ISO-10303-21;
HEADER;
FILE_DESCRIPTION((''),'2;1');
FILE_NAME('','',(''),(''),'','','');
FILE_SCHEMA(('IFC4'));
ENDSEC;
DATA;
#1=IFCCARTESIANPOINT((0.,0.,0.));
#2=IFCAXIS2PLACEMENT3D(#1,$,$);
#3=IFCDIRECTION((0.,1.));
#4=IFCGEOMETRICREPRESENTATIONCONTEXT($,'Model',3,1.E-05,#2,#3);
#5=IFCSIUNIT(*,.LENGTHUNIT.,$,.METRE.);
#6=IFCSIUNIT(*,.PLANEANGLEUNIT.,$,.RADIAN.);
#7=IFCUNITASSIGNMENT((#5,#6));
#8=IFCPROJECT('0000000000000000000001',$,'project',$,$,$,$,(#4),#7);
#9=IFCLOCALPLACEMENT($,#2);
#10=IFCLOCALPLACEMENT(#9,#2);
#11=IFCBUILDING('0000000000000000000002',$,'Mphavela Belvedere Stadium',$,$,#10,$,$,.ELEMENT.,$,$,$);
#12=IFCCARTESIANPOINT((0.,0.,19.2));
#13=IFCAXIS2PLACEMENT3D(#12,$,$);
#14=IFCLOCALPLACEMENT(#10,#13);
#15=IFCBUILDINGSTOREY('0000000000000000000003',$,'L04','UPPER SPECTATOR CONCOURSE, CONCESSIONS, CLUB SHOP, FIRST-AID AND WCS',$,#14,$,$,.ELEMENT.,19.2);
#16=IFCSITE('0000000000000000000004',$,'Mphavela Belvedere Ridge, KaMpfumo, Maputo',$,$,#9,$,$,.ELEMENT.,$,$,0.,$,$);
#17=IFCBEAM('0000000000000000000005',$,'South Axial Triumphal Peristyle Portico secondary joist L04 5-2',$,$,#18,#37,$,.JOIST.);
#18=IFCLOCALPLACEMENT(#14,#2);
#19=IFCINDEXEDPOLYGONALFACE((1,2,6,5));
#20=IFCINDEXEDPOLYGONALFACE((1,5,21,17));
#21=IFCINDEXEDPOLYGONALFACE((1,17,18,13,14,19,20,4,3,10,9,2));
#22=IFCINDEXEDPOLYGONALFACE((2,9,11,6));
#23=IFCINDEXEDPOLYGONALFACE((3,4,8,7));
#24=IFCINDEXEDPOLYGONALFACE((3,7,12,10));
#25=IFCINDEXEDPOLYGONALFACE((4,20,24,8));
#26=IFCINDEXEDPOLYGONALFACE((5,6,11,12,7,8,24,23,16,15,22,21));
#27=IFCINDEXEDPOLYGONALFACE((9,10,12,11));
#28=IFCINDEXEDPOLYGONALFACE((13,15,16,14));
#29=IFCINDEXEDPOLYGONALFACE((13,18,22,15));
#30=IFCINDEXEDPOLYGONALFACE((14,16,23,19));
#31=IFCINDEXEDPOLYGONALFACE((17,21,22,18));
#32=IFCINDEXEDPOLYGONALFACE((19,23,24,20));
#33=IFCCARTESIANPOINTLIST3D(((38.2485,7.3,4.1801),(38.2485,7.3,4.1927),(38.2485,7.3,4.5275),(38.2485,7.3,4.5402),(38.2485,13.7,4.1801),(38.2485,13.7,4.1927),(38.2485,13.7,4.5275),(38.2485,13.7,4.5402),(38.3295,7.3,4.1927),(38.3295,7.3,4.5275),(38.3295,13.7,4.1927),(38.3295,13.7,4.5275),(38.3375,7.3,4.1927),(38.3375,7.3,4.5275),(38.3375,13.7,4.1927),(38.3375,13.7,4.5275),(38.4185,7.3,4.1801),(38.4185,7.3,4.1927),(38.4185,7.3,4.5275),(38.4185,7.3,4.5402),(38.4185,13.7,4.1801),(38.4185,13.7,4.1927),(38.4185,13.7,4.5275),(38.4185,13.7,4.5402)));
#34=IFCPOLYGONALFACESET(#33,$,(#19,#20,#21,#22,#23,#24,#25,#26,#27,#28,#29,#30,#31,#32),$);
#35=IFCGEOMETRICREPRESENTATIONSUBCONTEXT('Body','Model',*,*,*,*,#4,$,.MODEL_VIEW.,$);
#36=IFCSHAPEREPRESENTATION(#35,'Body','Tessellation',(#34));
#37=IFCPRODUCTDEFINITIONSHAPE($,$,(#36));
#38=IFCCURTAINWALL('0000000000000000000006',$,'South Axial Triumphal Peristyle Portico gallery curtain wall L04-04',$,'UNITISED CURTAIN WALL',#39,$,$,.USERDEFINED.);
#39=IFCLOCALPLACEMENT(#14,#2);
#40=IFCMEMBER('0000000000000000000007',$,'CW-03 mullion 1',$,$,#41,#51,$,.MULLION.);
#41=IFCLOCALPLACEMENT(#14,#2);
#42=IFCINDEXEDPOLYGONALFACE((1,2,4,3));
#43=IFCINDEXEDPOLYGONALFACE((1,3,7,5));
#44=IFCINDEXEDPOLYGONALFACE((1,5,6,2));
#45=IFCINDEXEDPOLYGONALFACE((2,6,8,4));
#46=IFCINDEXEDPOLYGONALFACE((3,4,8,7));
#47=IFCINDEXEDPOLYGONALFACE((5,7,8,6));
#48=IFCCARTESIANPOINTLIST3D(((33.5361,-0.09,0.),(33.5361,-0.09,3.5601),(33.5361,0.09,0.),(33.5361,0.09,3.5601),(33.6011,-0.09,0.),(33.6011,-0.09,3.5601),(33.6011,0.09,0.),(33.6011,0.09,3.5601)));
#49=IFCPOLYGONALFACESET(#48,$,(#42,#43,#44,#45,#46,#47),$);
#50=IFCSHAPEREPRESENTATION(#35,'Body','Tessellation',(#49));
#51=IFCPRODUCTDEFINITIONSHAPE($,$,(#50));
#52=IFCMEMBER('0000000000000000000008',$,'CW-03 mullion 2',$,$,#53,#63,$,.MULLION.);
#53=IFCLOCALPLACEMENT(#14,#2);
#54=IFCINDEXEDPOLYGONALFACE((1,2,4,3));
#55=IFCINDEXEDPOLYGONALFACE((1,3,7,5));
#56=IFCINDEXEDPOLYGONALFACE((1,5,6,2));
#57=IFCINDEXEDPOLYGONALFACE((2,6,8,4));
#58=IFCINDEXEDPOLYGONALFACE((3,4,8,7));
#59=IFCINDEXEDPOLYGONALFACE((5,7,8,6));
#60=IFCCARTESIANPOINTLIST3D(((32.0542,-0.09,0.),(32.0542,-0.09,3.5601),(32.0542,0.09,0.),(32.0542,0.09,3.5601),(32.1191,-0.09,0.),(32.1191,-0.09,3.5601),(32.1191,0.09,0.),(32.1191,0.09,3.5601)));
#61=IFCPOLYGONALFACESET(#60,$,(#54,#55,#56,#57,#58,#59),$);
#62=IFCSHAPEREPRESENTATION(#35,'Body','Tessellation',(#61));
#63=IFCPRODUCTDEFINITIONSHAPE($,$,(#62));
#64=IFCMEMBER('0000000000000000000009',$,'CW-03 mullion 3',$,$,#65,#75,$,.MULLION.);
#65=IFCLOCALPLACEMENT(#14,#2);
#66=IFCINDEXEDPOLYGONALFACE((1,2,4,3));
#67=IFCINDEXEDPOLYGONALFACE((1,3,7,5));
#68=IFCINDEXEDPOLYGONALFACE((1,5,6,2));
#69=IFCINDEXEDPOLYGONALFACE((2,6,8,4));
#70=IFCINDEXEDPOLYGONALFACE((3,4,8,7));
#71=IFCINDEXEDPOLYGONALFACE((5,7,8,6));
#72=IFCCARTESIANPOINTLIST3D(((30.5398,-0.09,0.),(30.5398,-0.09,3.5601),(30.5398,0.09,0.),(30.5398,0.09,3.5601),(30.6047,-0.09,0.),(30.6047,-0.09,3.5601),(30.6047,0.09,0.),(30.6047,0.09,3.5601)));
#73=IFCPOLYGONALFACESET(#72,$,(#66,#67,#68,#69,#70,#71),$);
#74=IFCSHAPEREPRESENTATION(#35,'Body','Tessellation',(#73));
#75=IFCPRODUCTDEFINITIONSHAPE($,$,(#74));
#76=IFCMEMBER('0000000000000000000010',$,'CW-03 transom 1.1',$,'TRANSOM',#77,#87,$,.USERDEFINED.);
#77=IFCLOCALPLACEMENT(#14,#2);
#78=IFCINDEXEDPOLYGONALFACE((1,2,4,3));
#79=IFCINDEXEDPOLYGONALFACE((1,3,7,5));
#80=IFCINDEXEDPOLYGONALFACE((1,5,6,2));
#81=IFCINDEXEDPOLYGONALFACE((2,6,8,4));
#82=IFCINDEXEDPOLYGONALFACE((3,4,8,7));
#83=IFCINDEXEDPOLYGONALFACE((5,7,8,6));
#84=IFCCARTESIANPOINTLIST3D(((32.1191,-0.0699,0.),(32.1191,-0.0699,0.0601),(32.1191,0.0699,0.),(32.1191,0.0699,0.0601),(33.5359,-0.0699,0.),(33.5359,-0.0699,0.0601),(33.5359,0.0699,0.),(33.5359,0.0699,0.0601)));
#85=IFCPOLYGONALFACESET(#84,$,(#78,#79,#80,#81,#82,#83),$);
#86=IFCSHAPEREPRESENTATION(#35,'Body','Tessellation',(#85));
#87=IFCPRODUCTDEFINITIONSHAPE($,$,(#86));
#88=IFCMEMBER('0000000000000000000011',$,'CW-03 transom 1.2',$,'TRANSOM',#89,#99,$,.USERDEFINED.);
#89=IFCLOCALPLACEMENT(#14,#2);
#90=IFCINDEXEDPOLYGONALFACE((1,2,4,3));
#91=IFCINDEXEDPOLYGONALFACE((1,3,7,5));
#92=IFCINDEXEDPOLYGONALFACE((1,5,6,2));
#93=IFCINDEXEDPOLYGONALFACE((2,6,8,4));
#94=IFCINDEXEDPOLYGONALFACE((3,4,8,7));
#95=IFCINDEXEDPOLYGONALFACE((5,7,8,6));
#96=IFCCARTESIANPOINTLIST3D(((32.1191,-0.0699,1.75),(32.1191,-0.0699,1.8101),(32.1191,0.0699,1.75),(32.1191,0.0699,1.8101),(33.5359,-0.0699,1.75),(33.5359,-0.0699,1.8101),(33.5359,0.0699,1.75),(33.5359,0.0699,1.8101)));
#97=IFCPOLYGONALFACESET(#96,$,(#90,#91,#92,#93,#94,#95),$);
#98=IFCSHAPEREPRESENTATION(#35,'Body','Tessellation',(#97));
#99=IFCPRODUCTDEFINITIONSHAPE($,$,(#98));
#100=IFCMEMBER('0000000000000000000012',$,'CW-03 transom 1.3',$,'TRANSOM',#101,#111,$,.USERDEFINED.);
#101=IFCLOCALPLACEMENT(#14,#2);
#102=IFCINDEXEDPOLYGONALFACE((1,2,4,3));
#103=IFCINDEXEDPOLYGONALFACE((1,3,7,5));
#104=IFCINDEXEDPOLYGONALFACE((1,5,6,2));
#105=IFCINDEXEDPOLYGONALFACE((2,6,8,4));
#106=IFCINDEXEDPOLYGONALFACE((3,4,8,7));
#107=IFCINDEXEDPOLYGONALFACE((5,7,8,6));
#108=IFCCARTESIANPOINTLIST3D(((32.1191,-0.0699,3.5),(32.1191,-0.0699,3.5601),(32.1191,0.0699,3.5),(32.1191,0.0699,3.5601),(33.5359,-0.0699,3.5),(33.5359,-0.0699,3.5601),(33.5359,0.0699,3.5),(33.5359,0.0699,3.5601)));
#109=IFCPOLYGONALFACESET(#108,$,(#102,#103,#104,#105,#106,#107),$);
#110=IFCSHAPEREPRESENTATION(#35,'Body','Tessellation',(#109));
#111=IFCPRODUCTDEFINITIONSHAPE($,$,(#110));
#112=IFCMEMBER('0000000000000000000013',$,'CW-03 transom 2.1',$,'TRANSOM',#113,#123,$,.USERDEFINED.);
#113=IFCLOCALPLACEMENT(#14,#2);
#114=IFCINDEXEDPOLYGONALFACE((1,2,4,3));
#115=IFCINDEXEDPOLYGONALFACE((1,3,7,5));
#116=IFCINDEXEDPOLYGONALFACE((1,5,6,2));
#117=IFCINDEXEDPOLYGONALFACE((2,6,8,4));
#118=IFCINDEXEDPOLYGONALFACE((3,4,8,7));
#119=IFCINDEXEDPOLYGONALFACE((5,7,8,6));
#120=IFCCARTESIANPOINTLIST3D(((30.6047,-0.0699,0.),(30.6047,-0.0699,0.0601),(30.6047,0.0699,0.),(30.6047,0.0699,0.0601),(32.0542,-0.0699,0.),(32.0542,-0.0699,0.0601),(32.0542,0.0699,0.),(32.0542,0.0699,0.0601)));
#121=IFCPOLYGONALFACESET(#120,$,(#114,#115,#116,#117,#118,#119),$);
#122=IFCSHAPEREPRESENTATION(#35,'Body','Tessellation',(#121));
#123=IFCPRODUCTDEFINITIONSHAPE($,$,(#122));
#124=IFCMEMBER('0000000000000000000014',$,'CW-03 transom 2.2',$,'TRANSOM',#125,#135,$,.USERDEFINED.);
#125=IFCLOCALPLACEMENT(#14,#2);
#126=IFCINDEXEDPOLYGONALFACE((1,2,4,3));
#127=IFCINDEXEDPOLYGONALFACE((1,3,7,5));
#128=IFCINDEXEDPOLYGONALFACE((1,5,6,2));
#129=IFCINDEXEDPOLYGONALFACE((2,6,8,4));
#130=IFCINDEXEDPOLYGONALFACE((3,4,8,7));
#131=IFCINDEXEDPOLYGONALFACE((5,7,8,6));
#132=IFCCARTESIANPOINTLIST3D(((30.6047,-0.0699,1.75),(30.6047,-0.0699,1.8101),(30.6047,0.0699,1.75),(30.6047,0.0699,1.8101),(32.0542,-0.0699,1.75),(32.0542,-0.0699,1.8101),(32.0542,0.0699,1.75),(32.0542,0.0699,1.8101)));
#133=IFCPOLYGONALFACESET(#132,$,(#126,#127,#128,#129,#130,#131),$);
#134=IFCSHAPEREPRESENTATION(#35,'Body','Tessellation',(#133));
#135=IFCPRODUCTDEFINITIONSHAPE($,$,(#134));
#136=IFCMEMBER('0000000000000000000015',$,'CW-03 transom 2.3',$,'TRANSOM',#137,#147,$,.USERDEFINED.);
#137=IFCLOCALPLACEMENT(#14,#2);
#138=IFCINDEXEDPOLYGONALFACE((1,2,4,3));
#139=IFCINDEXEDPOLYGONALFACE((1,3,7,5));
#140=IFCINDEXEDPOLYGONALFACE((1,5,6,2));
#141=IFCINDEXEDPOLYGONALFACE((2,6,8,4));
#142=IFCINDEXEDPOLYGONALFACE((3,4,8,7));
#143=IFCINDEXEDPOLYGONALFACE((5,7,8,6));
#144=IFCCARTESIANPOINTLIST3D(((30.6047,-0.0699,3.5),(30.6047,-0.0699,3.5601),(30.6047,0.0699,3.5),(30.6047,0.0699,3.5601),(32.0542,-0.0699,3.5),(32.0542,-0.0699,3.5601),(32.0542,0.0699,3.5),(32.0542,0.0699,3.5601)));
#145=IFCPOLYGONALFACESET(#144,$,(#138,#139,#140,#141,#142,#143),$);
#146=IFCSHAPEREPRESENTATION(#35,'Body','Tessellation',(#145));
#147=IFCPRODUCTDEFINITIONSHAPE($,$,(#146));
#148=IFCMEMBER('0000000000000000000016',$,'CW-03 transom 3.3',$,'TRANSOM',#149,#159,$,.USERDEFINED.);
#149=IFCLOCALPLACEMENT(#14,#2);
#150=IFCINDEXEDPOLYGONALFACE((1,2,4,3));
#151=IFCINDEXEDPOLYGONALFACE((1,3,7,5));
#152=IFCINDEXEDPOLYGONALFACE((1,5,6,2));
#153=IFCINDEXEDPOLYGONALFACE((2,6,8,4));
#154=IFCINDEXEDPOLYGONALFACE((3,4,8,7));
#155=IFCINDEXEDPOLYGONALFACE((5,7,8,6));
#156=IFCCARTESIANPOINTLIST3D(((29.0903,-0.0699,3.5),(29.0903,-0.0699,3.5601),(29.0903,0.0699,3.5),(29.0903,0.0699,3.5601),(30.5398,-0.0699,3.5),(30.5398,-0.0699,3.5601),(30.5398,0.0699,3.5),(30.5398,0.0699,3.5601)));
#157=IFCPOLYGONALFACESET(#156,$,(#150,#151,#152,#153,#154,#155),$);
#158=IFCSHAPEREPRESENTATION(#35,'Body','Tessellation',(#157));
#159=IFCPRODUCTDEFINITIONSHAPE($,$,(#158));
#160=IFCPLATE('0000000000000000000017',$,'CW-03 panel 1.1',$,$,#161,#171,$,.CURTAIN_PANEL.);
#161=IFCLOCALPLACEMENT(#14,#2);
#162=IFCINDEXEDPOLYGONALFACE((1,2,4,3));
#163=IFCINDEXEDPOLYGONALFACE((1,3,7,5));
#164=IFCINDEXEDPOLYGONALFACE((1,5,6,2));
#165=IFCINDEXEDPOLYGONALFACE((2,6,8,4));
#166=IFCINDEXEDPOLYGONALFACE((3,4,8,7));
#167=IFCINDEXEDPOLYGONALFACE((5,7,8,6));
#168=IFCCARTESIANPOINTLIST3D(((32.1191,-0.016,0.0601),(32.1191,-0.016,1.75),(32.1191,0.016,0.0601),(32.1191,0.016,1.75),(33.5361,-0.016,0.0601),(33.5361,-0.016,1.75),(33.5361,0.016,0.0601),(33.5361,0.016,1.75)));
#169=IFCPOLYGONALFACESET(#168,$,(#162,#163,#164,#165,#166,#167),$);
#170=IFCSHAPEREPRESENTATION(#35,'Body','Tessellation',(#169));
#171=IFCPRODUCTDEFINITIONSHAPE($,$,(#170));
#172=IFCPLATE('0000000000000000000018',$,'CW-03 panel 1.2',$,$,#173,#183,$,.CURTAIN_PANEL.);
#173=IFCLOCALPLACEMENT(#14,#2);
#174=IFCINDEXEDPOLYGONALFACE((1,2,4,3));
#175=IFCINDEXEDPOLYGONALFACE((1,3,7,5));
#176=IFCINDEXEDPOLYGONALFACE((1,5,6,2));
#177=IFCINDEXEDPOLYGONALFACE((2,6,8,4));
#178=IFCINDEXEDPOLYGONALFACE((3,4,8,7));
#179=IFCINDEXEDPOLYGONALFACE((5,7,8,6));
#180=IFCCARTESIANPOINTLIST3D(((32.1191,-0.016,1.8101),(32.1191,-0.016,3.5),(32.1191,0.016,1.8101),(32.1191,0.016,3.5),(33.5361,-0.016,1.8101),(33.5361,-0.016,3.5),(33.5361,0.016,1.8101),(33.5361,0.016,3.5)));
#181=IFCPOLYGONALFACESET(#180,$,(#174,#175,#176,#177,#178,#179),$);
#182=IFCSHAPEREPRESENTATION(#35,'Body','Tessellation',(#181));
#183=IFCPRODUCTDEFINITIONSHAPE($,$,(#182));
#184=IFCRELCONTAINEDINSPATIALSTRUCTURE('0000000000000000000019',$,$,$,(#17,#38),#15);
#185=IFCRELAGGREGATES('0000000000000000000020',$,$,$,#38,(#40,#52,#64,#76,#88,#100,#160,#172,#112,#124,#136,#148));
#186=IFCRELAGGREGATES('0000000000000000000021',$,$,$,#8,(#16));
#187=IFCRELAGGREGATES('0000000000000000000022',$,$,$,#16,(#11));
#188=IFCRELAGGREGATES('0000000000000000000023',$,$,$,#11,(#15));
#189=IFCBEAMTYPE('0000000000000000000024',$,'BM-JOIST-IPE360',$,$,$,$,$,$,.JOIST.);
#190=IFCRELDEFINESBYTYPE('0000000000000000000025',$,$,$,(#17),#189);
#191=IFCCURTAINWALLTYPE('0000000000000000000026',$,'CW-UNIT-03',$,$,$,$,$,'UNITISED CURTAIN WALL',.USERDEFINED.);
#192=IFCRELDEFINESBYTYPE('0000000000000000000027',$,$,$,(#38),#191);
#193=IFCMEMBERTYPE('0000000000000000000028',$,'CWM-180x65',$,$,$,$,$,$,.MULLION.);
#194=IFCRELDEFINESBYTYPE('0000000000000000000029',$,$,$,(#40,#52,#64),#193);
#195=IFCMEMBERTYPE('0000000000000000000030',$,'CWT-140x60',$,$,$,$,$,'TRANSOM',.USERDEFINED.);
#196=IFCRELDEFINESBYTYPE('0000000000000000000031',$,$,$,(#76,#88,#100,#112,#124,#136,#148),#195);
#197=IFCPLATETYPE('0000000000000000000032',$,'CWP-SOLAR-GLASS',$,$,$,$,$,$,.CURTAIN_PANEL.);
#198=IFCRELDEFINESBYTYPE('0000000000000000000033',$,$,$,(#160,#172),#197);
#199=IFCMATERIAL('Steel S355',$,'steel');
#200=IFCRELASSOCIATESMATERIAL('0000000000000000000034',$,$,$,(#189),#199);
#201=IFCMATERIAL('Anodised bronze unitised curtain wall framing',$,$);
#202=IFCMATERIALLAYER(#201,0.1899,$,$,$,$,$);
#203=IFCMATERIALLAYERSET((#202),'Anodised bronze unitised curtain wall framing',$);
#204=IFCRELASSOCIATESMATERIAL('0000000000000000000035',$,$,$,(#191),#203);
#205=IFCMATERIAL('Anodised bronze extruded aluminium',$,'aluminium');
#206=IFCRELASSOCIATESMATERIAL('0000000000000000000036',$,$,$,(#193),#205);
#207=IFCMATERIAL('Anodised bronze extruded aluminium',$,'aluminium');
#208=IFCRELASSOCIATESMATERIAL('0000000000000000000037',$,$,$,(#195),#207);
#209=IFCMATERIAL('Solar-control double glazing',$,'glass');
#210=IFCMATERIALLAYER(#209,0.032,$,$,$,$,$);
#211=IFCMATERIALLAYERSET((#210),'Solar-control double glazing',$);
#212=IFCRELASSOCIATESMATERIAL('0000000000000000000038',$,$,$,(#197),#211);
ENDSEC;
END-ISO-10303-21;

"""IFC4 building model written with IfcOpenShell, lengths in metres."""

from ifc_helpers import new_model, si_unit, direction, frame, origin, origin_2d, place, context, subcontext, project, spatial, rectangle, i_section, extrude, material, layer, layer_set, material_profile, profile_set, type_object, element, aggregate, save


model = new_model("IFC4")

# Units and contexts
model_context = context("Model", 3, precision=1e-05, world=origin(), true_north=direction((0.0, 1.0)))
body_context = subcontext(model_context, "Body", "Model", "MODEL_VIEW")
ifc_project = project(units=[si_unit("LENGTHUNIT", "METRE"), si_unit("PLANEANGLEUNIT", "RADIAN")], contexts=[model_context])

# Site, building, storey
site_placement = place(None, origin())
site = spatial("IfcSite", under=ifc_project, at=site_placement, Name="Mphavela Belvedere Ridge, KaMpfumo, Maputo", CompositionType="ELEMENT", RefElevation=0.0)
building_placement = place(site_placement, origin())
building = spatial("IfcBuilding", under=site, at=building_placement, Name="Mphavela Belvedere Stadium", CompositionType="ELEMENT")
storey_placement = place(building_placement, frame((0.0, 0.0, 19.2)))
storey = spatial("IfcBuildingStorey", under=building, at=storey_placement, Name="L04", Description="UPPER SPECTATOR CONCOURSE, CONCESSIONS, CLUB SHOP, FIRST-AID AND WCS", CompositionType="ELEMENT", Elevation=19.2)

# Beam
ifc_material_1 = material(Name="Steel S355", Category="steel")
ifc_material_profile_1 = material_profile(ifc_material_1, i_section(OverallWidth=0.1699, OverallDepth=0.3601, WebThickness=0.0081, FlangeThickness=0.0127, at=origin_2d()), Name="IPE 360")
ifc_profile_set_1 = profile_set([ifc_material_profile_1], Name="Steel S355")
beam_type_1 = type_object("IfcBeamType", Name="BM-JOIST-IPE360", PredefinedType="JOIST", material=ifc_profile_set_1)
for number, where, z_axis, x_axis, name in (
    (1, (38.3335, 7.3, 4.3601), (0.0, 1.0, 0.0), (-1.0, 0.0, 0.0), "South Axial Triumphal Peristyle Portico secondary joist L04 5-2"),
):
    element("IfcBeam", number, at=place(storey_placement, frame(where, z_axis=z_axis, x_axis=x_axis)), inside=storey, type_object=beam_type_1, Name=name, PredefinedType="JOIST", context=body_context, shape_type="SweptSolid", body=[
        extrude(i_section(OverallWidth=0.1699, OverallDepth=0.3601, WebThickness=0.0081, FlangeThickness=0.0127, at=origin_2d()), origin(), (0.0, 0.0, 1.0), 6.3999),
    ])

# Curtain wall, members, plates
ifc_material_2 = material(Name="Anodised bronze unitised curtain wall framing")
ifc_layer_1 = layer(ifc_material_2, 0.1899)
ifc_layer_set_1 = layer_set([ifc_layer_1], Name="Anodised bronze unitised curtain wall framing")
curtain_wall_type = type_object("IfcCurtainWallType", Name="CW-UNIT-03", ElementType="UNITISED CURTAIN WALL", PredefinedType="USERDEFINED", material=ifc_layer_set_1)
curtain_wall_placement = place(storey_placement, origin())
curtain_wall = element("IfcCurtainWall", 2, at=curtain_wall_placement, inside=storey, type_object=curtain_wall_type, Name="South Axial Triumphal Peristyle Portico gallery curtain wall L04-04", ObjectType="UNITISED CURTAIN WALL", PredefinedType="USERDEFINED")
ifc_material_3 = material(Name="Anodised bronze extruded aluminium", Category="aluminium")
ifc_material_profile_2 = material_profile(ifc_material_3, rectangle(XDim=0.1799, YDim=0.0649, at=origin_2d()), Name="CW-MUL 180x65")
ifc_profile_set_2 = profile_set([ifc_material_profile_2], Name="Anodised bronze extruded aluminium")
member_type_1 = type_object("IfcMemberType", Name="CWM-180x65", PredefinedType="MULLION", material=ifc_profile_set_2)
member_1_placement = place(storey_placement, frame((33.5686, 0.0, 0.0), z_axis=(0.0, 0.0, 1.0), x_axis=(0.0, -1.0, 0.0)))
member_1 = element("IfcMember", 3, at=member_1_placement, type_object=member_type_1, Name="CW-03 mullion 1", PredefinedType="MULLION", context=body_context, shape_type="SweptSolid", body=[
    extrude(rectangle(XDim=0.1799, YDim=0.0649, at=origin_2d()), origin(), (0.0, 0.0, 1.0), 3.5601),
])
member_2_placement = place(storey_placement, frame((32.0867, 0.0, 0.0), z_axis=(0.0, 0.0, 1.0), x_axis=(0.0, -1.0, 0.0)))
member_2 = element("IfcMember", 4, at=member_2_placement, type_object=member_type_1, Name="CW-03 mullion 2", PredefinedType="MULLION", context=body_context, shape_type="SweptSolid", body=[
    extrude(rectangle(XDim=0.1799, YDim=0.0649, at=origin_2d()), origin(), (0.0, 0.0, 1.0), 3.5601),
])
member_3_placement = place(storey_placement, frame((30.5723, 0.0, 0.0), z_axis=(0.0, 0.0, 1.0), x_axis=(0.0, -1.0, 0.0)))
member_3 = element("IfcMember", 5, at=member_3_placement, type_object=member_type_1, Name="CW-03 mullion 3", PredefinedType="MULLION", context=body_context, shape_type="SweptSolid", body=[
    extrude(rectangle(XDim=0.1799, YDim=0.0649, at=origin_2d()), origin(), (0.0, 0.0, 1.0), 3.5601),
])
ifc_material_4 = material(Name="Anodised bronze extruded aluminium", Category="aluminium")
ifc_material_profile_3 = material_profile(ifc_material_4, rectangle(XDim=0.1399, YDim=0.0601, at=origin_2d()), Name="CW-TRN 140x60")
ifc_profile_set_3 = profile_set([ifc_material_profile_3], Name="Anodised bronze extruded aluminium")
member_type_2 = type_object("IfcMemberType", Name="CWT-140x60", ElementType="TRANSOM", PredefinedType="USERDEFINED", material=ifc_profile_set_3)
member_4_placement = place(storey_placement, frame((33.5359, 0.0, 0.03), z_axis=(-1.0, 0.0, 0.0), x_axis=(0.0, -1.0, 0.0)))
member_4 = element("IfcMember", 6, at=member_4_placement, type_object=member_type_2, Name="CW-03 transom 1.1", ObjectType="TRANSOM", PredefinedType="USERDEFINED", context=body_context, shape_type="SweptSolid", body=[
    extrude(rectangle(XDim=0.1399, YDim=0.0601, at=origin_2d()), origin(), (0.0, 0.0, 1.0), 1.4167),
])
member_5_placement = place(storey_placement, frame((33.5359, 0.0, 1.78), z_axis=(-1.0, 0.0, 0.0), x_axis=(0.0, -1.0, 0.0)))
member_5 = element("IfcMember", 7, at=member_5_placement, type_object=member_type_2, Name="CW-03 transom 1.2", ObjectType="TRANSOM", PredefinedType="USERDEFINED", context=body_context, shape_type="SweptSolid", body=[
    extrude(rectangle(XDim=0.1399, YDim=0.0601, at=origin_2d()), origin(), (0.0, 0.0, 1.0), 1.4167),
])
member_6_placement = place(storey_placement, frame((33.5359, 0.0, 3.53), z_axis=(-1.0, 0.0, 0.0), x_axis=(0.0, -1.0, 0.0)))
member_6 = element("IfcMember", 8, at=member_6_placement, type_object=member_type_2, Name="CW-03 transom 1.3", ObjectType="TRANSOM", PredefinedType="USERDEFINED", context=body_context, shape_type="SweptSolid", body=[
    extrude(rectangle(XDim=0.1399, YDim=0.0601, at=origin_2d()), origin(), (0.0, 0.0, 1.0), 1.4167),
])
member_7_placement = place(storey_placement, frame((32.0542, 0.0, 0.03), z_axis=(-1.0, 0.0, 0.0), x_axis=(0.0, -1.0, 0.0)))
member_7 = element("IfcMember", 9, at=member_7_placement, type_object=member_type_2, Name="CW-03 transom 2.1", ObjectType="TRANSOM", PredefinedType="USERDEFINED", context=body_context, shape_type="SweptSolid", body=[
    extrude(rectangle(XDim=0.1399, YDim=0.0601, at=origin_2d()), origin(), (0.0, 0.0, 1.0), 1.4495),
])
member_8_placement = place(storey_placement, frame((32.0542, 0.0, 1.78), z_axis=(-1.0, 0.0, 0.0), x_axis=(0.0, -1.0, 0.0)))
member_8 = element("IfcMember", 10, at=member_8_placement, type_object=member_type_2, Name="CW-03 transom 2.2", ObjectType="TRANSOM", PredefinedType="USERDEFINED", context=body_context, shape_type="SweptSolid", body=[
    extrude(rectangle(XDim=0.1399, YDim=0.0601, at=origin_2d()), origin(), (0.0, 0.0, 1.0), 1.4495),
])
member_9_placement = place(storey_placement, frame((32.0542, 0.0, 3.53), z_axis=(-1.0, 0.0, 0.0), x_axis=(0.0, -1.0, 0.0)))
member_9 = element("IfcMember", 11, at=member_9_placement, type_object=member_type_2, Name="CW-03 transom 2.3", ObjectType="TRANSOM", PredefinedType="USERDEFINED", context=body_context, shape_type="SweptSolid", body=[
    extrude(rectangle(XDim=0.1399, YDim=0.0601, at=origin_2d()), origin(), (0.0, 0.0, 1.0), 1.4495),
])
member_10_placement = place(storey_placement, frame((30.5398, 0.0, 3.53), z_axis=(-1.0, 0.0, 0.0), x_axis=(0.0, -1.0, 0.0)))
member_10 = element("IfcMember", 12, at=member_10_placement, type_object=member_type_2, Name="CW-03 transom 3.3", ObjectType="TRANSOM", PredefinedType="USERDEFINED", context=body_context, shape_type="SweptSolid", body=[
    extrude(rectangle(XDim=0.1399, YDim=0.0601, at=origin_2d()), origin(), (0.0, 0.0, 1.0), 1.4495),
])
ifc_material_5 = material(Name="Solar-control double glazing", Category="glass")
ifc_layer_2 = layer(ifc_material_5, 0.032)
ifc_layer_set_2 = layer_set([ifc_layer_2], Name="Solar-control double glazing")
plate_type = type_object("IfcPlateType", Name="CWP-SOLAR-GLASS", PredefinedType="CURTAIN_PANEL", material=ifc_layer_set_2)
plate_1_placement = place(storey_placement, frame((32.8276, 0.0, 0.0601), z_axis=(0.0, 0.0, 1.0), x_axis=(-1.0, 0.0, 0.0)))
plate_1 = element("IfcPlate", 13, at=plate_1_placement, type_object=plate_type, Name="CW-03 panel 1.1", PredefinedType="CURTAIN_PANEL", context=body_context, shape_type="SweptSolid", body=[
    extrude(rectangle(XDim=1.417, YDim=0.032, at=origin_2d()), origin(), (0.0, 0.0, 1.0), 1.6899),
])
plate_2_placement = place(storey_placement, frame((32.8276, 0.0, 1.8101), z_axis=(0.0, 0.0, 1.0), x_axis=(-1.0, 0.0, 0.0)))
plate_2 = element("IfcPlate", 14, at=plate_2_placement, type_object=plate_type, Name="CW-03 panel 1.2", PredefinedType="CURTAIN_PANEL", context=body_context, shape_type="SweptSolid", body=[
    extrude(rectangle(XDim=1.417, YDim=0.032, at=origin_2d()), origin(), (0.0, 0.0, 1.0), 1.6899),
])
aggregate(curtain_wall, [member_1, member_2, member_3, member_4, member_5, member_6, plate_1, plate_2, member_7, member_8, member_9, member_10])

save(model, "model.ifc")
